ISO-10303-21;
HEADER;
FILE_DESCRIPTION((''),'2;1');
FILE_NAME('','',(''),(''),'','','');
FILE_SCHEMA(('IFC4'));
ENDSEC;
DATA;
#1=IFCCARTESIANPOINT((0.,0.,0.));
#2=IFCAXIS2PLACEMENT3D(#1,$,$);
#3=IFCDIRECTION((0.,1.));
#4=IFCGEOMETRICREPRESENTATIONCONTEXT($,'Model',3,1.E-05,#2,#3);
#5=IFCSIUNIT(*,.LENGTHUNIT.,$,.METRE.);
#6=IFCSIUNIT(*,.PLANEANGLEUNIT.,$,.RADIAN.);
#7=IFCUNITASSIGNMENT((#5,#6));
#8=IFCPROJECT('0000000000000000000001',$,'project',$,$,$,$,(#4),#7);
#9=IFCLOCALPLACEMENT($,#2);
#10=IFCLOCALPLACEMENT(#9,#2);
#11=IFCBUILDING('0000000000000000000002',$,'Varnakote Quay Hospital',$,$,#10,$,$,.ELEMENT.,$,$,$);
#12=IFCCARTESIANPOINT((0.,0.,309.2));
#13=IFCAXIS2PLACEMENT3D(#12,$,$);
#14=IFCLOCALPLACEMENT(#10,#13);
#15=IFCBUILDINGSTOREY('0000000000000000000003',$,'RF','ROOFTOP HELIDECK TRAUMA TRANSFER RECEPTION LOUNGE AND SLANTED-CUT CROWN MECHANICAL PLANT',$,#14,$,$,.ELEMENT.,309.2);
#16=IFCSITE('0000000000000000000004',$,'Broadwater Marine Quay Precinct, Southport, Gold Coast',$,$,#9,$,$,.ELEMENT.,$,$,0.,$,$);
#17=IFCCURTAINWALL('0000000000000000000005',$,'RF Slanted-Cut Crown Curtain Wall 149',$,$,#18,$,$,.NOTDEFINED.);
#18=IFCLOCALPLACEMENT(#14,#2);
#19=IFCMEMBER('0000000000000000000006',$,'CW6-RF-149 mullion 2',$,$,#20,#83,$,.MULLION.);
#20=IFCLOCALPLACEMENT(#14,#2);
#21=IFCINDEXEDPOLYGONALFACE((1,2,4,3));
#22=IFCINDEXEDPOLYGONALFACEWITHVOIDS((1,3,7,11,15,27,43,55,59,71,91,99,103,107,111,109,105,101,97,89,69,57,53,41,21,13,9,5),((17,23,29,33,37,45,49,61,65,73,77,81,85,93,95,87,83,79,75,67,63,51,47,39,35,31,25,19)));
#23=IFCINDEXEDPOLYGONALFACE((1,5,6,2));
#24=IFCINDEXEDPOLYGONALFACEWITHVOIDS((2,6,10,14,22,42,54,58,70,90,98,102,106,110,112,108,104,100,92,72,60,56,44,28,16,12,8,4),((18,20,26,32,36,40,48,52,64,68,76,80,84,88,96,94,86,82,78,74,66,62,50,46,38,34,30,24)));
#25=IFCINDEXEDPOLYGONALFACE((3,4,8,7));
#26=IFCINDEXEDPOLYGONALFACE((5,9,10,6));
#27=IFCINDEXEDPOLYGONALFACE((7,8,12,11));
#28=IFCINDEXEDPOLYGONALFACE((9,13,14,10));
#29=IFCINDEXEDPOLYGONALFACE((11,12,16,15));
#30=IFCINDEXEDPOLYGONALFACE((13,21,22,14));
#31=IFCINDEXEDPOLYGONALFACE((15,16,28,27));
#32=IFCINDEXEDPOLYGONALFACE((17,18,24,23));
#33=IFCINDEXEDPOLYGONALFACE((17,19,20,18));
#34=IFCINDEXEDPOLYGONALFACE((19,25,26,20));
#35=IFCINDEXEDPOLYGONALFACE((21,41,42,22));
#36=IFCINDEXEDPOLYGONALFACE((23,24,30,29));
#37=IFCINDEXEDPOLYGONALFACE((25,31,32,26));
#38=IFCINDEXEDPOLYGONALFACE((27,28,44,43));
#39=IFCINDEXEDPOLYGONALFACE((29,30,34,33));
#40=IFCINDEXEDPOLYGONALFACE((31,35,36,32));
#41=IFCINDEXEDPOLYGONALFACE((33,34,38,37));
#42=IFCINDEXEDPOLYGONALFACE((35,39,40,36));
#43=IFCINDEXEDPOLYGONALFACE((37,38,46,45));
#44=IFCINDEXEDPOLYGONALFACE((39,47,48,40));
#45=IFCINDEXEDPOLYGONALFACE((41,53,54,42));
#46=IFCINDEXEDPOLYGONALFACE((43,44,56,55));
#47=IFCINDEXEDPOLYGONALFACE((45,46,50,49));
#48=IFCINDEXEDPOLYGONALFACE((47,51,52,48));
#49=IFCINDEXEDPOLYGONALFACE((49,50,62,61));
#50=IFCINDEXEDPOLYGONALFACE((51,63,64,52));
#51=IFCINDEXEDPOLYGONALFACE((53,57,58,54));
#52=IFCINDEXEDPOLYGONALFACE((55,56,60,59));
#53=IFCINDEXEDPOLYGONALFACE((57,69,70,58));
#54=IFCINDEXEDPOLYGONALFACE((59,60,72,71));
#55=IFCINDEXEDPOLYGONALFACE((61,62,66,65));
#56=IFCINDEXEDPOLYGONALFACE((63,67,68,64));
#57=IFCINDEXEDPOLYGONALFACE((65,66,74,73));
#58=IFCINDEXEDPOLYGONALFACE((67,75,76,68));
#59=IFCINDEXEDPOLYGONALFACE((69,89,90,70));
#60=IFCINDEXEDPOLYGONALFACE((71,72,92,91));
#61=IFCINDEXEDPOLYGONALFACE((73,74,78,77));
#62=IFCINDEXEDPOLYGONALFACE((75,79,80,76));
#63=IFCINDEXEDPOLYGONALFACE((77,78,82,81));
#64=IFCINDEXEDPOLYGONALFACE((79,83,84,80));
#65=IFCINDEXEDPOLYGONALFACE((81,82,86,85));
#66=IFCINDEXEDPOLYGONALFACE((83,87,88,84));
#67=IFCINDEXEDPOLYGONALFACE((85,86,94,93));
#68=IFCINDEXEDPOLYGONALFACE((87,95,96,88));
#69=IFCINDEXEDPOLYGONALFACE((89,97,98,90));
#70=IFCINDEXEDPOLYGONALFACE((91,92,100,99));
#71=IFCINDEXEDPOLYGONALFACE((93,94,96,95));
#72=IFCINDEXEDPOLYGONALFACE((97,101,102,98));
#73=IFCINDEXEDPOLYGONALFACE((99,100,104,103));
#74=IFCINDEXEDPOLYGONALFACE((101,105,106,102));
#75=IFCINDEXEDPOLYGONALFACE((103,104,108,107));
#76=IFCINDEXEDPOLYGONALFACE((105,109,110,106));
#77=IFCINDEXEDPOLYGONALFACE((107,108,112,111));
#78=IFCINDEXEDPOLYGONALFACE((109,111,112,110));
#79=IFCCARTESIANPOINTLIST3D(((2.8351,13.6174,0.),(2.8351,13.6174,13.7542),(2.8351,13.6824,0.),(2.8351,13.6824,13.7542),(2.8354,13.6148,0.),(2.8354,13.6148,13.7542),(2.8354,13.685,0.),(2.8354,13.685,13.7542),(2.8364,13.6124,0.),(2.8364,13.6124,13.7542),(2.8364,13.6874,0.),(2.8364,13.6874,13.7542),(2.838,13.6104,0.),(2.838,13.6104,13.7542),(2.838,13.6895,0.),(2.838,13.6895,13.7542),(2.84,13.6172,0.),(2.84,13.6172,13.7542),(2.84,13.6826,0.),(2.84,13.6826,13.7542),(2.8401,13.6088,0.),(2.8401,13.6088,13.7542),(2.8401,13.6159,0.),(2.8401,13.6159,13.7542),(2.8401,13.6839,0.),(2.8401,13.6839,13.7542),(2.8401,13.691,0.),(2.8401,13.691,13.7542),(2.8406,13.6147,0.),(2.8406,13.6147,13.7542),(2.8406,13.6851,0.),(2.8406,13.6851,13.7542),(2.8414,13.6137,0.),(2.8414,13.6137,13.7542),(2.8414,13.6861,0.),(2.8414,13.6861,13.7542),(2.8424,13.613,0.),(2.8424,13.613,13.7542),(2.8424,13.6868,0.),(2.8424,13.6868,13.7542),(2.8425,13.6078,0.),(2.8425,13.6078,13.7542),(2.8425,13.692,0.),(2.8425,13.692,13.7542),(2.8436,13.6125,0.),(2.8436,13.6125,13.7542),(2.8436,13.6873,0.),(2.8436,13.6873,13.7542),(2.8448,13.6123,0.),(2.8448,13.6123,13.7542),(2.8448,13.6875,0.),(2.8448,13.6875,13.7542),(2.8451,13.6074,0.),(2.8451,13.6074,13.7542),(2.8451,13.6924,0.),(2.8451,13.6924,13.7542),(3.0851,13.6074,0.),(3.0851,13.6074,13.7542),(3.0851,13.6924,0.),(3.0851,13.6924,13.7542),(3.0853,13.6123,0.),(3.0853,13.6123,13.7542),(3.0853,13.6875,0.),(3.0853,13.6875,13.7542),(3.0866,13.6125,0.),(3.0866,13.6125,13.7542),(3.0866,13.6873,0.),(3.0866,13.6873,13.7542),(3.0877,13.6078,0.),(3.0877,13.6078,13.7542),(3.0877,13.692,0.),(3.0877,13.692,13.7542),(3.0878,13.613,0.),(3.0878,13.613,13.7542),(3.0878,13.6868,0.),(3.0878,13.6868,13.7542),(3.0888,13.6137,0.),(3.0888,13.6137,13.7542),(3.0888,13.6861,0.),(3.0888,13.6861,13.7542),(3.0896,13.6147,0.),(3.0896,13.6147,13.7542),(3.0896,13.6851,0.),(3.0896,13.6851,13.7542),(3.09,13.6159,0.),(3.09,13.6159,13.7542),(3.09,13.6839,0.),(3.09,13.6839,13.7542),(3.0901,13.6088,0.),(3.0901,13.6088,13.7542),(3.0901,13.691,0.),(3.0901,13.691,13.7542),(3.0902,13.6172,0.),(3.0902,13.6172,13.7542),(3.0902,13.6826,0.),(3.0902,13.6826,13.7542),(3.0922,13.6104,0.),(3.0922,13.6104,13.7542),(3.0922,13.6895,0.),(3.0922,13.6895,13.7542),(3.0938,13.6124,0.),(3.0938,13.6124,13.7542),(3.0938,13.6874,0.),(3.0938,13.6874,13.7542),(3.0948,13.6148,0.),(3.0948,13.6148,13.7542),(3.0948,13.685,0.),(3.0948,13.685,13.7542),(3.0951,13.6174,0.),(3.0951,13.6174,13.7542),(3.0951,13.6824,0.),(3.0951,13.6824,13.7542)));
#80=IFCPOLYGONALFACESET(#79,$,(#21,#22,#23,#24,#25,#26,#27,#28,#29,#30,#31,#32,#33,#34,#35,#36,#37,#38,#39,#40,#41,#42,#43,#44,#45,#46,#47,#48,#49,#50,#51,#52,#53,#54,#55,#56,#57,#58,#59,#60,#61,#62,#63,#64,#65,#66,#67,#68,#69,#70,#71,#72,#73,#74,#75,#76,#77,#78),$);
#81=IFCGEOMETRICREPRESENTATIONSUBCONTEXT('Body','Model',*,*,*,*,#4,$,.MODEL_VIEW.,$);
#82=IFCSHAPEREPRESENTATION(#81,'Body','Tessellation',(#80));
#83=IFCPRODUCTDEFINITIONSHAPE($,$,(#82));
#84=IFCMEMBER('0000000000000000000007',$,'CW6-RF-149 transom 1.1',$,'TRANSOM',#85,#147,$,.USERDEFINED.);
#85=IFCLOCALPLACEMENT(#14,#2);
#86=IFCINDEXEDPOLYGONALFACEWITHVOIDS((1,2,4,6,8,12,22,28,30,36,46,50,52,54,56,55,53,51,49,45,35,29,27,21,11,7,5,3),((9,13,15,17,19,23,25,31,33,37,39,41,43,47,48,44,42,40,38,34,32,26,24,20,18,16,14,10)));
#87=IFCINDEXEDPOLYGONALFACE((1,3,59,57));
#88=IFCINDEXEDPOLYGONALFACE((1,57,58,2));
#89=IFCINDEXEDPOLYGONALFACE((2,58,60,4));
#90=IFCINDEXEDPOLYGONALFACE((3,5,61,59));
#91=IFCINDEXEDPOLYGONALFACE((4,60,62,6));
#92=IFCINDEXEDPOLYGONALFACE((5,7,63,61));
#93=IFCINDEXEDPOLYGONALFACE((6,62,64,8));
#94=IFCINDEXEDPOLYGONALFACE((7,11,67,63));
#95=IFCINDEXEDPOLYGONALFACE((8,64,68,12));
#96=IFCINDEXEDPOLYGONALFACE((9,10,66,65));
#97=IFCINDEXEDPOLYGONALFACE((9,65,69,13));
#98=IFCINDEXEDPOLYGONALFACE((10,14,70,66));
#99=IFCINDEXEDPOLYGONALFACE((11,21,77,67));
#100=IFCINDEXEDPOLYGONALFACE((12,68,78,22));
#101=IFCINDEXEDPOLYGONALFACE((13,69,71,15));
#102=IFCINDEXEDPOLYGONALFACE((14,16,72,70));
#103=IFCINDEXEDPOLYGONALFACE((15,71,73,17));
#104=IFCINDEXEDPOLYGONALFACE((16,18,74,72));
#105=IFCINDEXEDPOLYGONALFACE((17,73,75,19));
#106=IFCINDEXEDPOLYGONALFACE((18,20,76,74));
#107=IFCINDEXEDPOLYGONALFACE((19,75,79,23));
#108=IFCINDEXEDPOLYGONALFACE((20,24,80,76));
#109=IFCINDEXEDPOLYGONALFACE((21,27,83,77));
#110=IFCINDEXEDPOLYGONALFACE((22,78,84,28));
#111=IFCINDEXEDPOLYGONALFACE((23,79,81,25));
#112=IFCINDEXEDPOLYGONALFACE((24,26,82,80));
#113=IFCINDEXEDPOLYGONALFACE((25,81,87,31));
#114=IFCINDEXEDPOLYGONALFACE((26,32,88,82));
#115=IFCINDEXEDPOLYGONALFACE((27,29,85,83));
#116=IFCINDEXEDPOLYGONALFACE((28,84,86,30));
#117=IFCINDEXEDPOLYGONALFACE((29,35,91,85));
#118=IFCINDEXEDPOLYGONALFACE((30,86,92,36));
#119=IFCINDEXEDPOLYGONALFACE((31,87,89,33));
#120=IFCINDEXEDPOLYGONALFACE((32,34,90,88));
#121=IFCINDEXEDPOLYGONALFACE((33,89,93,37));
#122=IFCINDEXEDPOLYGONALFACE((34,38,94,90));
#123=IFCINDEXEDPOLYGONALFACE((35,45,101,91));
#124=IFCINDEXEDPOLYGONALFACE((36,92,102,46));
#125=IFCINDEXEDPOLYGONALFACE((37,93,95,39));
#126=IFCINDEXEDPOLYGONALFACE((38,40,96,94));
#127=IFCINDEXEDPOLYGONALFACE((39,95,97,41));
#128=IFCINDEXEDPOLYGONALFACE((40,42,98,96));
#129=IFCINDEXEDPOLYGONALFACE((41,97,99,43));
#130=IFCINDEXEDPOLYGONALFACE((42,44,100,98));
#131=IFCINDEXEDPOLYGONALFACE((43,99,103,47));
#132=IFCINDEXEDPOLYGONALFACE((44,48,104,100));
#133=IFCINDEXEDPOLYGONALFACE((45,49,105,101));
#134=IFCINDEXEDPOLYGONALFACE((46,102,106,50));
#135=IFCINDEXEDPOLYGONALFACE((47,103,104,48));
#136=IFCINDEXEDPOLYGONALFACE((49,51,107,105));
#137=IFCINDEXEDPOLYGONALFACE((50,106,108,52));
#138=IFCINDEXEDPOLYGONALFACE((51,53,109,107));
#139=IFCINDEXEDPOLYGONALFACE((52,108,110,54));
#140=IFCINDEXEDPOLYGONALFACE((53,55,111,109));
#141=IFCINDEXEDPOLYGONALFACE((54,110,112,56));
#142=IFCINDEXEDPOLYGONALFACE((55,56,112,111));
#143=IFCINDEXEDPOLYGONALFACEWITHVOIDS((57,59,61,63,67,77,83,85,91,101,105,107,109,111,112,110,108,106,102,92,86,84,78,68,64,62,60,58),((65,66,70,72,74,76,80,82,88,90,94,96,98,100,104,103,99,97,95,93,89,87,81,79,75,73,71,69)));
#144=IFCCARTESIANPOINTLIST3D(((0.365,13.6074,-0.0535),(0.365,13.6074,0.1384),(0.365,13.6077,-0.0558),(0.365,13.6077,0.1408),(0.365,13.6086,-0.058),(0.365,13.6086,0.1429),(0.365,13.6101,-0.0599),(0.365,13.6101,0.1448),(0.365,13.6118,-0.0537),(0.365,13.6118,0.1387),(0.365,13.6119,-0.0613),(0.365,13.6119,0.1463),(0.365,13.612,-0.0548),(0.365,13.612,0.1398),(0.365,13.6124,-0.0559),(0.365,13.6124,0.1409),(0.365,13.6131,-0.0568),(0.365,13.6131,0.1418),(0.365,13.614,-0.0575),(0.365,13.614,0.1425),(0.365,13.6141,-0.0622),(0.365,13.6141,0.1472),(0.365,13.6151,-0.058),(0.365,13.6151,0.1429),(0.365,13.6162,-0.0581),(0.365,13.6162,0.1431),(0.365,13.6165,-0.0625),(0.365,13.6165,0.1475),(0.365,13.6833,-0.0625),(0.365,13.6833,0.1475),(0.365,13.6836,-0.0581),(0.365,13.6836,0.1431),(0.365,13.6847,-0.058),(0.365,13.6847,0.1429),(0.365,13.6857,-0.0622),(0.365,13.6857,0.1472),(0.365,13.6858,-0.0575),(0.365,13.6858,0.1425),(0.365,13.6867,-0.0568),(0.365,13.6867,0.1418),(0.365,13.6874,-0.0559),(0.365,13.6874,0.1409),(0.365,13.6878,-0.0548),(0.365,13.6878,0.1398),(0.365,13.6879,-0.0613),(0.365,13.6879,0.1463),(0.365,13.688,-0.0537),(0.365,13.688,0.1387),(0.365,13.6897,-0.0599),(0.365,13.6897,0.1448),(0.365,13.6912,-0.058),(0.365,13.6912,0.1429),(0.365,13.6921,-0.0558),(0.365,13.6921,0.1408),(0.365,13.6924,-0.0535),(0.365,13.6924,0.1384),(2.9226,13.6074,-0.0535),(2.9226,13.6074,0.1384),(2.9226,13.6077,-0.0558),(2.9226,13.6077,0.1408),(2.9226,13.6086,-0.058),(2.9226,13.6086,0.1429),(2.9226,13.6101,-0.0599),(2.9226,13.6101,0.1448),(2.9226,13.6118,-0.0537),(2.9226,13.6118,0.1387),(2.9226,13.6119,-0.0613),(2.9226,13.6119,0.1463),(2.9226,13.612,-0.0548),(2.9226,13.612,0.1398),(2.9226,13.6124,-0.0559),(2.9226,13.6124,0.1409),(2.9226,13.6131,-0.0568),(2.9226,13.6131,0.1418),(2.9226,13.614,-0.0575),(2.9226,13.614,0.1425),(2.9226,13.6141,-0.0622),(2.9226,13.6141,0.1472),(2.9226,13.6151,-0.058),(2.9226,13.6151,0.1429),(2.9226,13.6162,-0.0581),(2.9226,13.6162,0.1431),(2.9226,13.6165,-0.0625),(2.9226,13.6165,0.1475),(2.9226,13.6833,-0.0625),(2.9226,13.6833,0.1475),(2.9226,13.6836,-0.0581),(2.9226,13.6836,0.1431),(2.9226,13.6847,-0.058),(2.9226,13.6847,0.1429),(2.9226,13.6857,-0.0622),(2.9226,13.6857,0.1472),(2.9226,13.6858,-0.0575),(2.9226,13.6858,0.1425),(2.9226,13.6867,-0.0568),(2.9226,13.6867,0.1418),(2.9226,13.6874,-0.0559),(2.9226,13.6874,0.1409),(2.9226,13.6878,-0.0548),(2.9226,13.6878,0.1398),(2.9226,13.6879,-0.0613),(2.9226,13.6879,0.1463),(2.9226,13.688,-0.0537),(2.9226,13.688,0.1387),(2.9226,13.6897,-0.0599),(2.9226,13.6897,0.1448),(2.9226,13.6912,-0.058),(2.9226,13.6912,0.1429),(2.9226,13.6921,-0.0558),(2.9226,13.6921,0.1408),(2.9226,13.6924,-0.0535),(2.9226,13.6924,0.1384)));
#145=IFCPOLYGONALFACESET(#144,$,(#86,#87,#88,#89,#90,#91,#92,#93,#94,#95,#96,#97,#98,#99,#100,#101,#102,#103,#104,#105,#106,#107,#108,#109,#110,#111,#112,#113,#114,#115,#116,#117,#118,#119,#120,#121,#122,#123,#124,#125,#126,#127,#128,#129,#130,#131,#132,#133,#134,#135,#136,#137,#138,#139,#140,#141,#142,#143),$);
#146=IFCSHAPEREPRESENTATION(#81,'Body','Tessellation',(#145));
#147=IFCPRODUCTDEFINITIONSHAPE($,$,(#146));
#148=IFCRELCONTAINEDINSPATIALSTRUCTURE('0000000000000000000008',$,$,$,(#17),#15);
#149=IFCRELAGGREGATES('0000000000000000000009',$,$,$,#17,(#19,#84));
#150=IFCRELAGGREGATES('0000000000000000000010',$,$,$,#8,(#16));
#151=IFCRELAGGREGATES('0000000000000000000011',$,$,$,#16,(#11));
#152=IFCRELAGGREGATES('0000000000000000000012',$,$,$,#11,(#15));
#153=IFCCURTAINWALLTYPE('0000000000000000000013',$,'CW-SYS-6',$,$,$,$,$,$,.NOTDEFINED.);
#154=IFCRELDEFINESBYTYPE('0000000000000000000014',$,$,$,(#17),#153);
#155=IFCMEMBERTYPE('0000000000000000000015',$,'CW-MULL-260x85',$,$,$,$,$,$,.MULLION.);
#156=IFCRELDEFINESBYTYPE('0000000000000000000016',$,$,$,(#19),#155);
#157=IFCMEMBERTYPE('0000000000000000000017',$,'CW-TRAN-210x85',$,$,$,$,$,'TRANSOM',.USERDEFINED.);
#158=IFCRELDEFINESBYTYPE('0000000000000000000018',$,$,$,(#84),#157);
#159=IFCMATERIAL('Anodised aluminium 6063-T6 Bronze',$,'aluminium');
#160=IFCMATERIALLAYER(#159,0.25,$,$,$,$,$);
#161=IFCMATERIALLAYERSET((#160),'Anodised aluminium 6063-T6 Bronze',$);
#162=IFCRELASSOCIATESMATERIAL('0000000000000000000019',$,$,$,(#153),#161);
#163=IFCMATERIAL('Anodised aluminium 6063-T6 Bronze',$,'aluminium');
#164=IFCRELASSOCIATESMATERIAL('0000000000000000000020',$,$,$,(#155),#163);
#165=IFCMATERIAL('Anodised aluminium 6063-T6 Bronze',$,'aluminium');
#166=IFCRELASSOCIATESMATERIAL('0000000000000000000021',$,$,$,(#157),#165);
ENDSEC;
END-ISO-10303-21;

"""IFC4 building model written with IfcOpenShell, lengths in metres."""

from ifc_helpers import new_model, si_unit, direction, frame, origin, origin_2d, place, context, subcontext, project, spatial, hollow_rectangle, extrude, material, layer, layer_set, material_profile, profile_set, type_object, element, aggregate, save


model = new_model("IFC4")

# Units and contexts
model_context = context("Model", 3, precision=1e-05, world=origin(), true_north=direction((0.0, 1.0)))
body_context = subcontext(model_context, "Body", "Model", "MODEL_VIEW")
ifc_project = project(units=[si_unit("LENGTHUNIT", "METRE"), si_unit("PLANEANGLEUNIT", "RADIAN")], contexts=[model_context])

# Site, building, storey
site_placement = place(None, origin())
site = spatial("IfcSite", under=ifc_project, at=site_placement, Name="Broadwater Marine Quay Precinct, Southport, Gold Coast", CompositionType="ELEMENT", RefElevation=0.0)
building_placement = place(site_placement, origin())
building = spatial("IfcBuilding", under=site, at=building_placement, Name="Varnakote Quay Hospital", CompositionType="ELEMENT")
storey_placement = place(building_placement, frame((0.0, 0.0, 309.2)))
storey = spatial("IfcBuildingStorey", under=building, at=storey_placement, Name="RF", Description="ROOFTOP HELIDECK TRAUMA TRANSFER RECEPTION LOUNGE AND SLANTED-CUT CROWN MECHANICAL PLANT", CompositionType="ELEMENT", Elevation=309.2)

# Curtain wall, members
ifc_material_1 = material(Name="Anodised aluminium 6063-T6 Bronze", Category="aluminium")
ifc_layer_1 = layer(ifc_material_1, 0.25)
ifc_layer_set_1 = layer_set([ifc_layer_1], Name="Anodised aluminium 6063-T6 Bronze")
curtain_wall_type = type_object("IfcCurtainWallType", Name="CW-SYS-6", PredefinedType="NOTDEFINED", material=ifc_layer_set_1)
curtain_wall_placement = place(storey_placement, origin())
curtain_wall = element("IfcCurtainWall", 1, at=curtain_wall_placement, inside=storey, type_object=curtain_wall_type, Name="RF Slanted-Cut Crown Curtain Wall 149", PredefinedType="NOTDEFINED")
ifc_material_2 = material(Name="Anodised aluminium 6063-T6 Bronze", Category="aluminium")
ifc_material_profile_1 = material_profile(ifc_material_2, hollow_rectangle(XDim=0.085, YDim=0.26, WallThickness=0.0049, InnerFilletRadius=0.0049, OuterFilletRadius=0.01, at=origin_2d()), Name="CW-MULL-260x85")
ifc_profile_set_1 = profile_set([ifc_material_profile_1], Name="Anodised aluminium 6063-T6 Bronze")
member_type_1 = type_object("IfcMemberType", Name="CW-MULL-260x85", PredefinedType="MULLION", material=ifc_profile_set_1)
member_1_placement = place(storey_placement, frame((2.9651, 13.6499, 0.0), z_axis=(0.0, 0.0, 1.0), x_axis=(0.0, 1.0, 0.0)))
member_1 = element("IfcMember", 2, at=member_1_placement, type_object=member_type_1, Name="CW6-RF-149 mullion 2", PredefinedType="MULLION", context=body_context, shape_type="SweptSolid", body=[
    extrude(hollow_rectangle(XDim=0.085, YDim=0.26, WallThickness=0.0049, InnerFilletRadius=0.0049, OuterFilletRadius=0.01, at=origin_2d()), origin(), (0.0, 0.0, 1.0), 13.7542),
])
ifc_material_3 = material(Name="Anodised aluminium 6063-T6 Bronze", Category="aluminium")
ifc_material_profile_2 = material_profile(ifc_material_3, hollow_rectangle(XDim=0.085, YDim=0.21, WallThickness=0.0044, InnerFilletRadius=0.0044, OuterFilletRadius=0.009, at=origin_2d()), Name="CW-TRAN-210x85")
ifc_profile_set_2 = profile_set([ifc_material_profile_2], Name="Anodised aluminium 6063-T6 Bronze")
member_type_2 = type_object("IfcMemberType", Name="CW-TRAN-210x85", ElementType="TRANSOM", PredefinedType="USERDEFINED", material=ifc_profile_set_2)
member_2_placement = place(storey_placement, frame((0.365, 13.6499, 0.0425), z_axis=(1.0, 0.0, 0.0), x_axis=(0.0, 1.0, 0.0)))
member_2 = element("IfcMember", 3, at=member_2_placement, type_object=member_type_2, Name="CW6-RF-149 transom 1.1", ObjectType="TRANSOM", PredefinedType="USERDEFINED", context=body_context, shape_type="SweptSolid", body=[
    extrude(hollow_rectangle(XDim=0.085, YDim=0.21, WallThickness=0.0044, InnerFilletRadius=0.0044, OuterFilletRadius=0.009, at=origin_2d()), origin(), (0.0, 0.0, 1.0), 2.5576),
])
aggregate(curtain_wall, [member_1, member_2])

save(model, "model.ifc")
